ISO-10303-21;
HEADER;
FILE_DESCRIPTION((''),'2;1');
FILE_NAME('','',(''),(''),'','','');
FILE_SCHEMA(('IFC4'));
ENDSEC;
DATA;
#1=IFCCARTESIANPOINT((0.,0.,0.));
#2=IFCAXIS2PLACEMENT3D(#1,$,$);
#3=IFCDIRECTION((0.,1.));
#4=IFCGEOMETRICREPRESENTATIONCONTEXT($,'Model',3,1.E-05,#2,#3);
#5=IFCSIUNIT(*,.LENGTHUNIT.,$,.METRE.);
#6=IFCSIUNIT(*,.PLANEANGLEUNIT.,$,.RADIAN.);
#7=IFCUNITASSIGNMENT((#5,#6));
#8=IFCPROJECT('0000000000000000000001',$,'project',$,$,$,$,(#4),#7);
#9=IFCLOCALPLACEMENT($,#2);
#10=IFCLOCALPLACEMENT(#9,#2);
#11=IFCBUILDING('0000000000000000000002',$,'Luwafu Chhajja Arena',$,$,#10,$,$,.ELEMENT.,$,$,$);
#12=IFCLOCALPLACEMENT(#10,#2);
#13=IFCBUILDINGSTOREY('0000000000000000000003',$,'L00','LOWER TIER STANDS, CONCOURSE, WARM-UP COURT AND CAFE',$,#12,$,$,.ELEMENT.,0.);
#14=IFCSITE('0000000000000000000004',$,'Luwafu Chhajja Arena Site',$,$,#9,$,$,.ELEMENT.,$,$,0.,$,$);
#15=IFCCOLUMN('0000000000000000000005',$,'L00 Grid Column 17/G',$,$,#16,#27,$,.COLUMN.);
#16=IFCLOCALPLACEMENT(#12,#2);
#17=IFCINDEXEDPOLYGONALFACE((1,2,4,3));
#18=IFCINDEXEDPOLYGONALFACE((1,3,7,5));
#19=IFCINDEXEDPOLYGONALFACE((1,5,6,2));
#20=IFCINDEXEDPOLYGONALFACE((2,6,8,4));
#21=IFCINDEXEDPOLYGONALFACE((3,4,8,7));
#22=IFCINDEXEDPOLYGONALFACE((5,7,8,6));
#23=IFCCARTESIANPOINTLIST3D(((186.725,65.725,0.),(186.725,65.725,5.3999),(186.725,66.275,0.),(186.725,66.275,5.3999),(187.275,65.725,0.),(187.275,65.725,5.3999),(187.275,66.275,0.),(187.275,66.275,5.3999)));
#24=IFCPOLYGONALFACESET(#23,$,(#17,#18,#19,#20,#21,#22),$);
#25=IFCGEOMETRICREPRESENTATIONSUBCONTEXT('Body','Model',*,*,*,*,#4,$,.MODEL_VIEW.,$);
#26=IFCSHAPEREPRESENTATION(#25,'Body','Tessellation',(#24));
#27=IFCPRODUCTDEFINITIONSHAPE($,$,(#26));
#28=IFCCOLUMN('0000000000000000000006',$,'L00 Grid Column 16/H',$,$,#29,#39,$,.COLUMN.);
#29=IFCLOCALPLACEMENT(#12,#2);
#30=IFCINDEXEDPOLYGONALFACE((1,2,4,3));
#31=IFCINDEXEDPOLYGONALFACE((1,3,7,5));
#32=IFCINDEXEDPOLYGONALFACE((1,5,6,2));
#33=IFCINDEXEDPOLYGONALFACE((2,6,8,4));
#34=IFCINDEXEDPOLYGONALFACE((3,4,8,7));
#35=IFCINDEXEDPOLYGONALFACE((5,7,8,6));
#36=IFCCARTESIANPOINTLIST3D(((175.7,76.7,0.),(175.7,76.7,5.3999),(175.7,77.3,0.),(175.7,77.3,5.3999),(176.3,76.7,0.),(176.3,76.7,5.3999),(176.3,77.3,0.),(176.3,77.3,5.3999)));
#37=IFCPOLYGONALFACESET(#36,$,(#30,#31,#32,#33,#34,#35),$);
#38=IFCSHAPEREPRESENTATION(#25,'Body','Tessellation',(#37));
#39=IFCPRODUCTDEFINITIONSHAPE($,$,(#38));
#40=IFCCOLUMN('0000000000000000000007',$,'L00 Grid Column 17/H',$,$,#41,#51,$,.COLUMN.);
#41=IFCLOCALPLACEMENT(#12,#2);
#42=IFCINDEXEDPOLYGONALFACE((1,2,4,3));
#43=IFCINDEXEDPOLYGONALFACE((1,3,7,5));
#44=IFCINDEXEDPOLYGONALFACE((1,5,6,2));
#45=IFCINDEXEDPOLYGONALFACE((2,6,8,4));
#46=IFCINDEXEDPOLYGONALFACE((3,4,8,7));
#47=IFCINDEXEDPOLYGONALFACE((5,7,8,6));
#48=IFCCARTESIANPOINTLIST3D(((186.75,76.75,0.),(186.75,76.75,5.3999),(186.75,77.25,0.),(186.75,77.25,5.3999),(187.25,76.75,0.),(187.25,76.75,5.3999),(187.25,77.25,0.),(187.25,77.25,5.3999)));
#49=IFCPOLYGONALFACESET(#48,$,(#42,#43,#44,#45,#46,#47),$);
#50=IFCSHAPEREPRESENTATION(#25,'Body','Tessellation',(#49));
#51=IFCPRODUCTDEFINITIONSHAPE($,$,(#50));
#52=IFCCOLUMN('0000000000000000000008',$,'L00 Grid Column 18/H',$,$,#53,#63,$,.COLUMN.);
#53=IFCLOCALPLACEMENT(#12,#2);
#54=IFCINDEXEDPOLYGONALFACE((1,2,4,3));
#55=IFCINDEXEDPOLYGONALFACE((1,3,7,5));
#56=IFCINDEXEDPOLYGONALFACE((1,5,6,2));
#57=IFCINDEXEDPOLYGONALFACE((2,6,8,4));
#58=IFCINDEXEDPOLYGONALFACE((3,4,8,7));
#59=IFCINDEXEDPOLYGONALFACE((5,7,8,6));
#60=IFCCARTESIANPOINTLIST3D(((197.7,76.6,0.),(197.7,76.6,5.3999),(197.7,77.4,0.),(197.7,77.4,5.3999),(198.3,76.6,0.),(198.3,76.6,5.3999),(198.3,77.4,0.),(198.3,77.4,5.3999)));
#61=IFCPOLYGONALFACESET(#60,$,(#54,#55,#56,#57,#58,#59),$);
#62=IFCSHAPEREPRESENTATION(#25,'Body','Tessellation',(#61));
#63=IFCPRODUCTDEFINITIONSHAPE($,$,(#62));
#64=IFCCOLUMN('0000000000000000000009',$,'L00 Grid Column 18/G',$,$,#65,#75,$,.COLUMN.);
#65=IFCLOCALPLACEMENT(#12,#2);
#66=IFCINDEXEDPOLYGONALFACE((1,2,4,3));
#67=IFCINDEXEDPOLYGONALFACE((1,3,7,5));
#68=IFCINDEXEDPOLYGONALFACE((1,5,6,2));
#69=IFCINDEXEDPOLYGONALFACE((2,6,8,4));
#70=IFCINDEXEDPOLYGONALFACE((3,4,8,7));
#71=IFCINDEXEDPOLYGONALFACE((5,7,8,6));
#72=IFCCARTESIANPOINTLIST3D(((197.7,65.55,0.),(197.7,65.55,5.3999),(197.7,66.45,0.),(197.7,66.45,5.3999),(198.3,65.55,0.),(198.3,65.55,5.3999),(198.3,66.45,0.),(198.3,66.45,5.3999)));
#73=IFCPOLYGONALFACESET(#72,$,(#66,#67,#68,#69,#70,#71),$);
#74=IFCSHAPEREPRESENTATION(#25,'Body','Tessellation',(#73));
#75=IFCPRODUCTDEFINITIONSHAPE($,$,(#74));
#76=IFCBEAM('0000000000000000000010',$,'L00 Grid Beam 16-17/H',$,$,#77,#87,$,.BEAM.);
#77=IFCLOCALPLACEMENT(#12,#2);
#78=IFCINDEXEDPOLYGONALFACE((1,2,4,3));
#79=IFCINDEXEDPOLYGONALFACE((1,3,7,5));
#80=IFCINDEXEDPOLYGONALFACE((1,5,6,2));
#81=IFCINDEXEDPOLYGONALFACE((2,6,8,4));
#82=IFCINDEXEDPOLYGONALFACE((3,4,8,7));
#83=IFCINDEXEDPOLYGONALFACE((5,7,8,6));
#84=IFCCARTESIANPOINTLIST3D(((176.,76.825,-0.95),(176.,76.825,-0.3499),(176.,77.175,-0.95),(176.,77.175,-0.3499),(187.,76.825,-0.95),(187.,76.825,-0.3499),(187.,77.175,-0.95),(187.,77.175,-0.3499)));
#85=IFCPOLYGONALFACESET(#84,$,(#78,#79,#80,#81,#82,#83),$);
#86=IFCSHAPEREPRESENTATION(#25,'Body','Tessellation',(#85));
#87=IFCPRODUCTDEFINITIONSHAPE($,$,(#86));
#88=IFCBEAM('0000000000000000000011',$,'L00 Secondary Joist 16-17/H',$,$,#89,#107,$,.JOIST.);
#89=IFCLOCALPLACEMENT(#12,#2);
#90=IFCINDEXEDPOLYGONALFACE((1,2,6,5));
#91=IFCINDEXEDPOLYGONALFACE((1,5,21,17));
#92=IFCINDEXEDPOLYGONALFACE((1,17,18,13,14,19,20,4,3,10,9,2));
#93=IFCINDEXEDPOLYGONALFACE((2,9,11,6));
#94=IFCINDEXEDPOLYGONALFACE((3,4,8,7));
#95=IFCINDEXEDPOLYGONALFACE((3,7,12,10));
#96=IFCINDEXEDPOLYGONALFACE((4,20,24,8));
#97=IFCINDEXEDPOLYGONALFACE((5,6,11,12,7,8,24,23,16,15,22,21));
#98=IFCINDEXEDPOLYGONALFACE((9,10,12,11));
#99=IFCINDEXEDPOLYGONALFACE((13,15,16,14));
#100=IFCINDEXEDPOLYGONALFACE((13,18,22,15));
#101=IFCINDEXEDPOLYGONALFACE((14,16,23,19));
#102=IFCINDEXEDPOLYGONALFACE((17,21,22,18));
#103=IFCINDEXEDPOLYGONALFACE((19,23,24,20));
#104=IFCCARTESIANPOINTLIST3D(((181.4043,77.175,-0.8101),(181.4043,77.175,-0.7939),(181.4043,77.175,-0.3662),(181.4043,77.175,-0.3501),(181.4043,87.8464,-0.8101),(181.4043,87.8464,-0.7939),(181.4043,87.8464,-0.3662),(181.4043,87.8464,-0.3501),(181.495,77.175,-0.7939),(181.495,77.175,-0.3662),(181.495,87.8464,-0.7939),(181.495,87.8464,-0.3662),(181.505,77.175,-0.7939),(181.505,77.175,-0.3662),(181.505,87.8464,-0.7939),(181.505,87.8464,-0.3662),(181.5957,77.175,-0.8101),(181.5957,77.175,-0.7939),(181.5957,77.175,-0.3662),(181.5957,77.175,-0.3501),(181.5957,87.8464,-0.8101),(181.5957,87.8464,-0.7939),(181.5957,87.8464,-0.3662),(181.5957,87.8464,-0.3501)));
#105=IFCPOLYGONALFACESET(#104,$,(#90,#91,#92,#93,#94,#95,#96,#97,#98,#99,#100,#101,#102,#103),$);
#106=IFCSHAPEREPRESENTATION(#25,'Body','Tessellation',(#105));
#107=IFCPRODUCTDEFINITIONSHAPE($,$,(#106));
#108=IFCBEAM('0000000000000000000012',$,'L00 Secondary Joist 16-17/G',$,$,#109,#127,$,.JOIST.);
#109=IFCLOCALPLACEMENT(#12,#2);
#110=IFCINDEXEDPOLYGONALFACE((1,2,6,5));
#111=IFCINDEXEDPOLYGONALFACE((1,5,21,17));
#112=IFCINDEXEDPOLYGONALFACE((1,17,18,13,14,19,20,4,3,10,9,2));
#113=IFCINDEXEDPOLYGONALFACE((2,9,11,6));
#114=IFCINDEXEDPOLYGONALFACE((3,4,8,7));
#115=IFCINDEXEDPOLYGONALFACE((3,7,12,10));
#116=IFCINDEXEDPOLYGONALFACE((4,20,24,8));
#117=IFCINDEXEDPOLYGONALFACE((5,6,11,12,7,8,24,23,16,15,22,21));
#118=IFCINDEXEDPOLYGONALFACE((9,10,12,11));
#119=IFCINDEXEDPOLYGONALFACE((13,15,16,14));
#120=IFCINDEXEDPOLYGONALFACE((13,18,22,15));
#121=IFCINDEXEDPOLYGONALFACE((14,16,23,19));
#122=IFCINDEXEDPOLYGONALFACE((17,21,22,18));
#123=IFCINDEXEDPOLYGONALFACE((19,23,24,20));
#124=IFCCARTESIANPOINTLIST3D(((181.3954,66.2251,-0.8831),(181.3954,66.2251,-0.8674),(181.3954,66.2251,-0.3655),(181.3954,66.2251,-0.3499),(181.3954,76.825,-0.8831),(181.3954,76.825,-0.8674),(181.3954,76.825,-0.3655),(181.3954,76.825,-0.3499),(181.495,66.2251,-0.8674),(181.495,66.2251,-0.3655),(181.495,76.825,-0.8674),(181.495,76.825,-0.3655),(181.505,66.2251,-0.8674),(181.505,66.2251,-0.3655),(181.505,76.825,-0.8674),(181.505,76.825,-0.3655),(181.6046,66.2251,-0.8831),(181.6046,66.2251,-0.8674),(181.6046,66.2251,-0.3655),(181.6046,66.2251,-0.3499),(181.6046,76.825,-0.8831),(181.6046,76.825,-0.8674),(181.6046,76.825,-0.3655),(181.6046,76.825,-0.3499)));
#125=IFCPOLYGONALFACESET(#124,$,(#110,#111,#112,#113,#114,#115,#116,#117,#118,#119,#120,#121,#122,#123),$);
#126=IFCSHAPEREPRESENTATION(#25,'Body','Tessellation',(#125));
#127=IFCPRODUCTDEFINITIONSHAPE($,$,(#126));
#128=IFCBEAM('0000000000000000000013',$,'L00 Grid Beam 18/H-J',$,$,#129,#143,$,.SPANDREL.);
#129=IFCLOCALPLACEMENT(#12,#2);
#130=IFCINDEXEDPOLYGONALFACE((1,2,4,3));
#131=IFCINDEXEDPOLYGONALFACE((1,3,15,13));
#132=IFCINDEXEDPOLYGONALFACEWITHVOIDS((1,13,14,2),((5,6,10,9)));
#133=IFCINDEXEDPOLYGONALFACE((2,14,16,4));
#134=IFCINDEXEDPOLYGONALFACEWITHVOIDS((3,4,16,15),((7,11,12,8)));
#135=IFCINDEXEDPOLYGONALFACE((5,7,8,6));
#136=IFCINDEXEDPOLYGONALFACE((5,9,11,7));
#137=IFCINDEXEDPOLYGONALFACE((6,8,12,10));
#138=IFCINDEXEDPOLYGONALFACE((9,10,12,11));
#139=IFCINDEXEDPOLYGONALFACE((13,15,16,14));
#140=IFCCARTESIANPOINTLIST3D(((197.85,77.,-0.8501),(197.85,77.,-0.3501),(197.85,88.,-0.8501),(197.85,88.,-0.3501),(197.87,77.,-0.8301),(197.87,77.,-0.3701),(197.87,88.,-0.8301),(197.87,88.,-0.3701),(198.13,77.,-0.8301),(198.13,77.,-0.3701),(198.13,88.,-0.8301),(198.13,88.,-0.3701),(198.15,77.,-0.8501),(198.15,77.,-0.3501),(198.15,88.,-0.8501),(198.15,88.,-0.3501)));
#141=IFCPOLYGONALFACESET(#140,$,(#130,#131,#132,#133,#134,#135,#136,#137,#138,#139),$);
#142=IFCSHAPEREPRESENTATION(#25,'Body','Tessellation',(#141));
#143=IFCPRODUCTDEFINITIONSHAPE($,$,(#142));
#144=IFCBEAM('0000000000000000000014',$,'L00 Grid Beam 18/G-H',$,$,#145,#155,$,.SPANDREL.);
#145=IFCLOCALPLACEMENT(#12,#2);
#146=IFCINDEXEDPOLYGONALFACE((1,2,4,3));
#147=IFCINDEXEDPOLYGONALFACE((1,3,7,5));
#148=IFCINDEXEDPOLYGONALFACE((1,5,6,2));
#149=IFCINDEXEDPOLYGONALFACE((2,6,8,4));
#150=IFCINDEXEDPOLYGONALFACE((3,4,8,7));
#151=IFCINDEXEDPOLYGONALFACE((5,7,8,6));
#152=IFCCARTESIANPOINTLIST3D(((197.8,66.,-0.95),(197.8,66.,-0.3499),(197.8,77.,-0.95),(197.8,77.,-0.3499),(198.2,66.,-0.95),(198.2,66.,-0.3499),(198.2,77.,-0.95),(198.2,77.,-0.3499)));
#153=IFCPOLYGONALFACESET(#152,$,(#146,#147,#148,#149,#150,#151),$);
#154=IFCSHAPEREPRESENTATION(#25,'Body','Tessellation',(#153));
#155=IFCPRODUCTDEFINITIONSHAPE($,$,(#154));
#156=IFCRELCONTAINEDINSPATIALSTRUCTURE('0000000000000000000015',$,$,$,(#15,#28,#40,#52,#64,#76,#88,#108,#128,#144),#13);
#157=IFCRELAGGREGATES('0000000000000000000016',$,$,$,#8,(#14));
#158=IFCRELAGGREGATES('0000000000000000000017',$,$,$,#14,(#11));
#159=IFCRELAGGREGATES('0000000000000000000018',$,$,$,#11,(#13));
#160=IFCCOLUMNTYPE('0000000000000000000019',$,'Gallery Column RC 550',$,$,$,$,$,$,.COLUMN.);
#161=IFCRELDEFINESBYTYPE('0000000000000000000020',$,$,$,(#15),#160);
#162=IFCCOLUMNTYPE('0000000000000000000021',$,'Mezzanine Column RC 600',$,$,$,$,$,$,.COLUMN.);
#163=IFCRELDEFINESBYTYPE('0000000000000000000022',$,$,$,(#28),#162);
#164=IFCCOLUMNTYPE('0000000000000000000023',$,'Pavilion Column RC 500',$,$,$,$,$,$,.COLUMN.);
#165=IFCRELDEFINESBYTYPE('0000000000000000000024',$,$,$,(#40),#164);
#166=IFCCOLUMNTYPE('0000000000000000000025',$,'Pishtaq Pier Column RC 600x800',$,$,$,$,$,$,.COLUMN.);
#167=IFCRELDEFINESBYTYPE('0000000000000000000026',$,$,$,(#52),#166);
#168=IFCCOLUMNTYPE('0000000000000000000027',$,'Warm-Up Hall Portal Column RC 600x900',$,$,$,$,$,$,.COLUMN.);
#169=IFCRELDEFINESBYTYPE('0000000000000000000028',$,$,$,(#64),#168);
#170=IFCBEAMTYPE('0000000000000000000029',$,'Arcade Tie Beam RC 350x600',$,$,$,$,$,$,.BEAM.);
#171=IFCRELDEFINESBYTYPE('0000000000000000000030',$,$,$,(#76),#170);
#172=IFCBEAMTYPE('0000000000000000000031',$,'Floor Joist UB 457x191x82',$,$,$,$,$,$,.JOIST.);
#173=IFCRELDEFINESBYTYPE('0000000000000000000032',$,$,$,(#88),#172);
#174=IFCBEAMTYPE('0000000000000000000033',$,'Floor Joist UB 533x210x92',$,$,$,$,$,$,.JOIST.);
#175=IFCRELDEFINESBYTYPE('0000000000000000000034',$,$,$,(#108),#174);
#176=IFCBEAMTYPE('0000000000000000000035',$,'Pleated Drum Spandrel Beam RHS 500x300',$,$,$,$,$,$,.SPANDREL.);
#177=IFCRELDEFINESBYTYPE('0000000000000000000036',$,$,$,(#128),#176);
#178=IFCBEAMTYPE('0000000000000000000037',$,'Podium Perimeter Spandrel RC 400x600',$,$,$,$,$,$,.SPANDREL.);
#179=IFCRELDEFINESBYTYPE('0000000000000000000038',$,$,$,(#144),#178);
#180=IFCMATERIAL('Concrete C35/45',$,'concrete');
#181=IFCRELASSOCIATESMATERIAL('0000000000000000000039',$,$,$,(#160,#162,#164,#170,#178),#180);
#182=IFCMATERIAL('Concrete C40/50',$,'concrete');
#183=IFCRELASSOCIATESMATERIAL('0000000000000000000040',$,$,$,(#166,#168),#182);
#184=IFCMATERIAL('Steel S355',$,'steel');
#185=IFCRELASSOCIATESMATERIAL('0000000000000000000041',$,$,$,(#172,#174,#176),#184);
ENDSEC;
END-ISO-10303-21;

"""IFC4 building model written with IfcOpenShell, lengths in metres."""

from ifc_helpers import new_model, si_unit, direction, frame, origin, origin_2d, place, context, subcontext, project, spatial, rectangle, hollow_rectangle, i_section, extrude, material, material_profile, profile_set, type_object, element, save


model = new_model("IFC4")

# Units and contexts
model_context = context("Model", 3, precision=1e-05, world=origin(), true_north=direction((0.0, 1.0)))
body_context = subcontext(model_context, "Body", "Model", "MODEL_VIEW")
ifc_project = project(units=[si_unit("LENGTHUNIT", "METRE"), si_unit("PLANEANGLEUNIT", "RADIAN")], contexts=[model_context])

# Site, building, storey
site_placement = place(None, origin())
site = spatial("IfcSite", under=ifc_project, at=site_placement, Name="Luwafu Chhajja Arena Site", CompositionType="ELEMENT", RefElevation=0.0)
building_placement = place(site_placement, origin())
building = spatial("IfcBuilding", under=site, at=building_placement, Name="Luwafu Chhajja Arena", CompositionType="ELEMENT")
storey_placement = place(building_placement, origin())
storey = spatial("IfcBuildingStorey", under=building, at=storey_placement, Name="L00", Description="LOWER TIER STANDS, CONCOURSE, WARM-UP COURT AND CAFE", CompositionType="ELEMENT", Elevation=0.0)

# Columns
ifc_material_1 = material(Name="Concrete C35/45", Category="concrete")
ifc_material_profile_1 = material_profile(ifc_material_1, rectangle(XDim=0.55, YDim=0.55, at=origin_2d()), Name="RC 550x550")
ifc_profile_set_1 = profile_set([ifc_material_profile_1], Name="Concrete C35/45")
column_type_1 = type_object("IfcColumnType", Name="Gallery Column RC 550", PredefinedType="COLUMN", material=ifc_profile_set_1)
column_1_placement = place(storey_placement, frame((187.0, 66.0, 0.0), z_axis=(0.0, 0.0, 1.0), x_axis=(1.0, 0.0, 0.0)))
element("IfcColumn", 1, at=column_1_placement, inside=storey, type_object=column_type_1, Name="L00 Grid Column 17/G", PredefinedType="COLUMN", context=body_context, shape_type="SweptSolid", body=[
    extrude(rectangle(XDim=0.55, YDim=0.55, at=origin_2d()), origin(), (0.0, 0.0, 1.0), 5.3999),
])
ifc_material_profile_2 = material_profile(ifc_material_1, rectangle(XDim=0.6001, YDim=0.6001, at=origin_2d()), Name="RC 600x600")
ifc_profile_set_2 = profile_set([ifc_material_profile_2], Name="Concrete C35/45")
column_type_2 = type_object("IfcColumnType", Name="Mezzanine Column RC 600", PredefinedType="COLUMN", material=ifc_profile_set_2)
column_2_placement = place(storey_placement, frame((176.0, 77.0, 0.0), z_axis=(0.0, 0.0, 1.0), x_axis=(1.0, 0.0, 0.0)))
element("IfcColumn", 2, at=column_2_placement, inside=storey, type_object=column_type_2, Name="L00 Grid Column 16/H", PredefinedType="COLUMN", context=body_context, shape_type="SweptSolid", body=[
    extrude(rectangle(XDim=0.6001, YDim=0.6001, at=origin_2d()), origin(), (0.0, 0.0, 1.0), 5.3999),
])
ifc_material_profile_3 = material_profile(ifc_material_1, rectangle(XDim=0.5, YDim=0.5, at=origin_2d()), Name="RC 500x500")
ifc_profile_set_3 = profile_set([ifc_material_profile_3], Name="Concrete C35/45")
column_type_3 = type_object("IfcColumnType", Name="Pavilion Column RC 500", PredefinedType="COLUMN", material=ifc_profile_set_3)
column_3_placement = place(storey_placement, frame((187.0, 77.0, 0.0), z_axis=(0.0, 0.0, 1.0), x_axis=(1.0, 0.0, 0.0)))
element("IfcColumn", 3, at=column_3_placement, inside=storey, type_object=column_type_3, Name="L00 Grid Column 17/H", PredefinedType="COLUMN", context=body_context, shape_type="SweptSolid", body=[
    extrude(rectangle(XDim=0.5, YDim=0.5, at=origin_2d()), origin(), (0.0, 0.0, 1.0), 5.3999),
])
ifc_material_2 = material(Name="Concrete C40/50", Category="concrete")
ifc_material_profile_4 = material_profile(ifc_material_2, rectangle(XDim=0.6001, YDim=0.8, at=origin_2d()), Name="RC 600x800")
ifc_profile_set_4 = profile_set([ifc_material_profile_4], Name="Concrete C40/50")
column_type_4 = type_object("IfcColumnType", Name="Pishtaq Pier Column RC 600x800", PredefinedType="COLUMN", material=ifc_profile_set_4)
column_4_placement = place(storey_placement, frame((198.0, 77.0, 0.0), z_axis=(0.0, 0.0, 1.0), x_axis=(1.0, 0.0, 0.0)))
element("IfcColumn", 4, at=column_4_placement, inside=storey, type_object=column_type_4, Name="L00 Grid Column 18/H", PredefinedType="COLUMN", context=body_context, shape_type="SweptSolid", body=[
    extrude(rectangle(XDim=0.6001, YDim=0.8, at=origin_2d()), origin(), (0.0, 0.0, 1.0), 5.3999),
])
ifc_material_profile_5 = material_profile(ifc_material_2, rectangle(XDim=0.6001, YDim=0.8999, at=origin_2d()), Name="RC 600x900")
ifc_profile_set_5 = profile_set([ifc_material_profile_5], Name="Concrete C40/50")
column_type_5 = type_object("IfcColumnType", Name="Warm-Up Hall Portal Column RC 600x900", PredefinedType="COLUMN", material=ifc_profile_set_5)
column_5_placement = place(storey_placement, frame((198.0, 66.0, 0.0), z_axis=(0.0, 0.0, 1.0), x_axis=(1.0, 0.0, 0.0)))
element("IfcColumn", 5, at=column_5_placement, inside=storey, type_object=column_type_5, Name="L00 Grid Column 18/G", PredefinedType="COLUMN", context=body_context, shape_type="SweptSolid", body=[
    extrude(rectangle(XDim=0.6001, YDim=0.8999, at=origin_2d()), origin(), (0.0, 0.0, 1.0), 5.3999),
])

# Beams
ifc_material_profile_6 = material_profile(ifc_material_1, rectangle(XDim=0.3501, YDim=0.6001, at=origin_2d()), Name="RC 350x600")
ifc_profile_set_6 = profile_set([ifc_material_profile_6], Name="Concrete C35/45")
beam_type_1 = type_object("IfcBeamType", Name="Arcade Tie Beam RC 350x600", PredefinedType="BEAM", material=ifc_profile_set_6)
beam_1_placement = place(storey_placement, frame((176.0, 77.0, -0.6499), z_axis=(1.0, 0.0, 0.0), x_axis=(0.0, 1.0, 0.0)))
element("IfcBeam", 6, at=beam_1_placement, inside=storey, type_object=beam_type_1, Name="L00 Grid Beam 16-17/H", PredefinedType="BEAM", context=body_context, shape_type="SweptSolid", body=[
    extrude(rectangle(XDim=0.3501, YDim=0.6001, at=origin_2d()), origin(), (0.0, 0.0, 1.0), 11.0),
])
ifc_material_3 = material(Name="Steel S355", Category="steel")
ifc_material_profile_7 = material_profile(ifc_material_3, i_section(OverallWidth=0.1914, OverallDepth=0.46, WebThickness=0.01, FlangeThickness=0.0161, at=origin_2d()), Name="UB 457x191x82")
ifc_profile_set_7 = profile_set([ifc_material_profile_7], Name="Steel S355")
beam_type_2 = type_object("IfcBeamType", Name="Floor Joist UB 457x191x82", PredefinedType="JOIST", material=ifc_profile_set_7)
beam_2_placement = place(storey_placement, frame((181.5, 77.175, -0.5801), z_axis=(0.0, 1.0, 0.0), x_axis=(-1.0, 0.0, 0.0)))
element("IfcBeam", 7, at=beam_2_placement, inside=storey, type_object=beam_type_2, Name="L00 Secondary Joist 16-17/H", PredefinedType="JOIST", context=body_context, shape_type="SweptSolid", body=[
    extrude(i_section(OverallWidth=0.1914, OverallDepth=0.46, WebThickness=0.01, FlangeThickness=0.0161, at=origin_2d()), origin(), (0.0, 0.0, 1.0), 10.6714),
])
ifc_material_profile_8 = material_profile(ifc_material_3, i_section(OverallWidth=0.2092, OverallDepth=0.5332, WebThickness=0.01, FlangeThickness=0.0156, at=origin_2d()), Name="UB 533x210x92")
ifc_profile_set_8 = profile_set([ifc_material_profile_8], Name="Steel S355")
beam_type_3 = type_object("IfcBeamType", Name="Floor Joist UB 533x210x92", PredefinedType="JOIST", material=ifc_profile_set_8)
beam_3_placement = place(storey_placement, frame((181.5, 66.2251, -0.6165), z_axis=(0.0, 1.0, 0.0), x_axis=(-1.0, 0.0, 0.0)))
element("IfcBeam", 8, at=beam_3_placement, inside=storey, type_object=beam_type_3, Name="L00 Secondary Joist 16-17/G", PredefinedType="JOIST", context=body_context, shape_type="SweptSolid", body=[
    extrude(i_section(OverallWidth=0.2092, OverallDepth=0.5332, WebThickness=0.01, FlangeThickness=0.0156, at=origin_2d()), origin(), (0.0, 0.0, 1.0), 10.5999),
])
ifc_material_profile_9 = material_profile(ifc_material_3, hollow_rectangle(XDim=0.3, YDim=0.5, WallThickness=0.02, at=origin_2d()), Name="RHS 500x300x20")
ifc_profile_set_9 = profile_set([ifc_material_profile_9], Name="Steel S355")
beam_type_4 = type_object("IfcBeamType", Name="Pleated Drum Spandrel Beam RHS 500x300", PredefinedType="SPANDREL", material=ifc_profile_set_9)
beam_4_placement = place(storey_placement, frame((198.0, 77.0, -0.6001), z_axis=(0.0, 1.0, 0.0), x_axis=(-1.0, 0.0, 0.0)))
element("IfcBeam", 9, at=beam_4_placement, inside=storey, type_object=beam_type_4, Name="L00 Grid Beam 18/H-J", PredefinedType="SPANDREL", context=body_context, shape_type="SweptSolid", body=[
    extrude(hollow_rectangle(XDim=0.3, YDim=0.5, WallThickness=0.02, at=origin_2d()), origin(), (0.0, 0.0, 1.0), 11.0),
])
ifc_material_profile_10 = material_profile(ifc_material_1, rectangle(XDim=0.3999, YDim=0.6001, at=origin_2d()), Name="RC 400x600")
ifc_profile_set_10 = profile_set([ifc_material_profile_10], Name="Concrete C35/45")
beam_type_5 = type_object("IfcBeamType", Name="Podium Perimeter Spandrel RC 400x600", PredefinedType="SPANDREL", material=ifc_profile_set_10)
beam_5_placement = place(storey_placement, frame((198.0, 66.0, -0.6499), z_axis=(0.0, 1.0, 0.0), x_axis=(-1.0, 0.0, 0.0)))
element("IfcBeam", 10, at=beam_5_placement, inside=storey, type_object=beam_type_5, Name="L00 Grid Beam 18/G-H", PredefinedType="SPANDREL", context=body_context, shape_type="SweptSolid", body=[
    extrude(rectangle(XDim=0.3999, YDim=0.6001, at=origin_2d()), origin(), (0.0, 0.0, 1.0), 11.0),
])

save(model, "model.ifc")
